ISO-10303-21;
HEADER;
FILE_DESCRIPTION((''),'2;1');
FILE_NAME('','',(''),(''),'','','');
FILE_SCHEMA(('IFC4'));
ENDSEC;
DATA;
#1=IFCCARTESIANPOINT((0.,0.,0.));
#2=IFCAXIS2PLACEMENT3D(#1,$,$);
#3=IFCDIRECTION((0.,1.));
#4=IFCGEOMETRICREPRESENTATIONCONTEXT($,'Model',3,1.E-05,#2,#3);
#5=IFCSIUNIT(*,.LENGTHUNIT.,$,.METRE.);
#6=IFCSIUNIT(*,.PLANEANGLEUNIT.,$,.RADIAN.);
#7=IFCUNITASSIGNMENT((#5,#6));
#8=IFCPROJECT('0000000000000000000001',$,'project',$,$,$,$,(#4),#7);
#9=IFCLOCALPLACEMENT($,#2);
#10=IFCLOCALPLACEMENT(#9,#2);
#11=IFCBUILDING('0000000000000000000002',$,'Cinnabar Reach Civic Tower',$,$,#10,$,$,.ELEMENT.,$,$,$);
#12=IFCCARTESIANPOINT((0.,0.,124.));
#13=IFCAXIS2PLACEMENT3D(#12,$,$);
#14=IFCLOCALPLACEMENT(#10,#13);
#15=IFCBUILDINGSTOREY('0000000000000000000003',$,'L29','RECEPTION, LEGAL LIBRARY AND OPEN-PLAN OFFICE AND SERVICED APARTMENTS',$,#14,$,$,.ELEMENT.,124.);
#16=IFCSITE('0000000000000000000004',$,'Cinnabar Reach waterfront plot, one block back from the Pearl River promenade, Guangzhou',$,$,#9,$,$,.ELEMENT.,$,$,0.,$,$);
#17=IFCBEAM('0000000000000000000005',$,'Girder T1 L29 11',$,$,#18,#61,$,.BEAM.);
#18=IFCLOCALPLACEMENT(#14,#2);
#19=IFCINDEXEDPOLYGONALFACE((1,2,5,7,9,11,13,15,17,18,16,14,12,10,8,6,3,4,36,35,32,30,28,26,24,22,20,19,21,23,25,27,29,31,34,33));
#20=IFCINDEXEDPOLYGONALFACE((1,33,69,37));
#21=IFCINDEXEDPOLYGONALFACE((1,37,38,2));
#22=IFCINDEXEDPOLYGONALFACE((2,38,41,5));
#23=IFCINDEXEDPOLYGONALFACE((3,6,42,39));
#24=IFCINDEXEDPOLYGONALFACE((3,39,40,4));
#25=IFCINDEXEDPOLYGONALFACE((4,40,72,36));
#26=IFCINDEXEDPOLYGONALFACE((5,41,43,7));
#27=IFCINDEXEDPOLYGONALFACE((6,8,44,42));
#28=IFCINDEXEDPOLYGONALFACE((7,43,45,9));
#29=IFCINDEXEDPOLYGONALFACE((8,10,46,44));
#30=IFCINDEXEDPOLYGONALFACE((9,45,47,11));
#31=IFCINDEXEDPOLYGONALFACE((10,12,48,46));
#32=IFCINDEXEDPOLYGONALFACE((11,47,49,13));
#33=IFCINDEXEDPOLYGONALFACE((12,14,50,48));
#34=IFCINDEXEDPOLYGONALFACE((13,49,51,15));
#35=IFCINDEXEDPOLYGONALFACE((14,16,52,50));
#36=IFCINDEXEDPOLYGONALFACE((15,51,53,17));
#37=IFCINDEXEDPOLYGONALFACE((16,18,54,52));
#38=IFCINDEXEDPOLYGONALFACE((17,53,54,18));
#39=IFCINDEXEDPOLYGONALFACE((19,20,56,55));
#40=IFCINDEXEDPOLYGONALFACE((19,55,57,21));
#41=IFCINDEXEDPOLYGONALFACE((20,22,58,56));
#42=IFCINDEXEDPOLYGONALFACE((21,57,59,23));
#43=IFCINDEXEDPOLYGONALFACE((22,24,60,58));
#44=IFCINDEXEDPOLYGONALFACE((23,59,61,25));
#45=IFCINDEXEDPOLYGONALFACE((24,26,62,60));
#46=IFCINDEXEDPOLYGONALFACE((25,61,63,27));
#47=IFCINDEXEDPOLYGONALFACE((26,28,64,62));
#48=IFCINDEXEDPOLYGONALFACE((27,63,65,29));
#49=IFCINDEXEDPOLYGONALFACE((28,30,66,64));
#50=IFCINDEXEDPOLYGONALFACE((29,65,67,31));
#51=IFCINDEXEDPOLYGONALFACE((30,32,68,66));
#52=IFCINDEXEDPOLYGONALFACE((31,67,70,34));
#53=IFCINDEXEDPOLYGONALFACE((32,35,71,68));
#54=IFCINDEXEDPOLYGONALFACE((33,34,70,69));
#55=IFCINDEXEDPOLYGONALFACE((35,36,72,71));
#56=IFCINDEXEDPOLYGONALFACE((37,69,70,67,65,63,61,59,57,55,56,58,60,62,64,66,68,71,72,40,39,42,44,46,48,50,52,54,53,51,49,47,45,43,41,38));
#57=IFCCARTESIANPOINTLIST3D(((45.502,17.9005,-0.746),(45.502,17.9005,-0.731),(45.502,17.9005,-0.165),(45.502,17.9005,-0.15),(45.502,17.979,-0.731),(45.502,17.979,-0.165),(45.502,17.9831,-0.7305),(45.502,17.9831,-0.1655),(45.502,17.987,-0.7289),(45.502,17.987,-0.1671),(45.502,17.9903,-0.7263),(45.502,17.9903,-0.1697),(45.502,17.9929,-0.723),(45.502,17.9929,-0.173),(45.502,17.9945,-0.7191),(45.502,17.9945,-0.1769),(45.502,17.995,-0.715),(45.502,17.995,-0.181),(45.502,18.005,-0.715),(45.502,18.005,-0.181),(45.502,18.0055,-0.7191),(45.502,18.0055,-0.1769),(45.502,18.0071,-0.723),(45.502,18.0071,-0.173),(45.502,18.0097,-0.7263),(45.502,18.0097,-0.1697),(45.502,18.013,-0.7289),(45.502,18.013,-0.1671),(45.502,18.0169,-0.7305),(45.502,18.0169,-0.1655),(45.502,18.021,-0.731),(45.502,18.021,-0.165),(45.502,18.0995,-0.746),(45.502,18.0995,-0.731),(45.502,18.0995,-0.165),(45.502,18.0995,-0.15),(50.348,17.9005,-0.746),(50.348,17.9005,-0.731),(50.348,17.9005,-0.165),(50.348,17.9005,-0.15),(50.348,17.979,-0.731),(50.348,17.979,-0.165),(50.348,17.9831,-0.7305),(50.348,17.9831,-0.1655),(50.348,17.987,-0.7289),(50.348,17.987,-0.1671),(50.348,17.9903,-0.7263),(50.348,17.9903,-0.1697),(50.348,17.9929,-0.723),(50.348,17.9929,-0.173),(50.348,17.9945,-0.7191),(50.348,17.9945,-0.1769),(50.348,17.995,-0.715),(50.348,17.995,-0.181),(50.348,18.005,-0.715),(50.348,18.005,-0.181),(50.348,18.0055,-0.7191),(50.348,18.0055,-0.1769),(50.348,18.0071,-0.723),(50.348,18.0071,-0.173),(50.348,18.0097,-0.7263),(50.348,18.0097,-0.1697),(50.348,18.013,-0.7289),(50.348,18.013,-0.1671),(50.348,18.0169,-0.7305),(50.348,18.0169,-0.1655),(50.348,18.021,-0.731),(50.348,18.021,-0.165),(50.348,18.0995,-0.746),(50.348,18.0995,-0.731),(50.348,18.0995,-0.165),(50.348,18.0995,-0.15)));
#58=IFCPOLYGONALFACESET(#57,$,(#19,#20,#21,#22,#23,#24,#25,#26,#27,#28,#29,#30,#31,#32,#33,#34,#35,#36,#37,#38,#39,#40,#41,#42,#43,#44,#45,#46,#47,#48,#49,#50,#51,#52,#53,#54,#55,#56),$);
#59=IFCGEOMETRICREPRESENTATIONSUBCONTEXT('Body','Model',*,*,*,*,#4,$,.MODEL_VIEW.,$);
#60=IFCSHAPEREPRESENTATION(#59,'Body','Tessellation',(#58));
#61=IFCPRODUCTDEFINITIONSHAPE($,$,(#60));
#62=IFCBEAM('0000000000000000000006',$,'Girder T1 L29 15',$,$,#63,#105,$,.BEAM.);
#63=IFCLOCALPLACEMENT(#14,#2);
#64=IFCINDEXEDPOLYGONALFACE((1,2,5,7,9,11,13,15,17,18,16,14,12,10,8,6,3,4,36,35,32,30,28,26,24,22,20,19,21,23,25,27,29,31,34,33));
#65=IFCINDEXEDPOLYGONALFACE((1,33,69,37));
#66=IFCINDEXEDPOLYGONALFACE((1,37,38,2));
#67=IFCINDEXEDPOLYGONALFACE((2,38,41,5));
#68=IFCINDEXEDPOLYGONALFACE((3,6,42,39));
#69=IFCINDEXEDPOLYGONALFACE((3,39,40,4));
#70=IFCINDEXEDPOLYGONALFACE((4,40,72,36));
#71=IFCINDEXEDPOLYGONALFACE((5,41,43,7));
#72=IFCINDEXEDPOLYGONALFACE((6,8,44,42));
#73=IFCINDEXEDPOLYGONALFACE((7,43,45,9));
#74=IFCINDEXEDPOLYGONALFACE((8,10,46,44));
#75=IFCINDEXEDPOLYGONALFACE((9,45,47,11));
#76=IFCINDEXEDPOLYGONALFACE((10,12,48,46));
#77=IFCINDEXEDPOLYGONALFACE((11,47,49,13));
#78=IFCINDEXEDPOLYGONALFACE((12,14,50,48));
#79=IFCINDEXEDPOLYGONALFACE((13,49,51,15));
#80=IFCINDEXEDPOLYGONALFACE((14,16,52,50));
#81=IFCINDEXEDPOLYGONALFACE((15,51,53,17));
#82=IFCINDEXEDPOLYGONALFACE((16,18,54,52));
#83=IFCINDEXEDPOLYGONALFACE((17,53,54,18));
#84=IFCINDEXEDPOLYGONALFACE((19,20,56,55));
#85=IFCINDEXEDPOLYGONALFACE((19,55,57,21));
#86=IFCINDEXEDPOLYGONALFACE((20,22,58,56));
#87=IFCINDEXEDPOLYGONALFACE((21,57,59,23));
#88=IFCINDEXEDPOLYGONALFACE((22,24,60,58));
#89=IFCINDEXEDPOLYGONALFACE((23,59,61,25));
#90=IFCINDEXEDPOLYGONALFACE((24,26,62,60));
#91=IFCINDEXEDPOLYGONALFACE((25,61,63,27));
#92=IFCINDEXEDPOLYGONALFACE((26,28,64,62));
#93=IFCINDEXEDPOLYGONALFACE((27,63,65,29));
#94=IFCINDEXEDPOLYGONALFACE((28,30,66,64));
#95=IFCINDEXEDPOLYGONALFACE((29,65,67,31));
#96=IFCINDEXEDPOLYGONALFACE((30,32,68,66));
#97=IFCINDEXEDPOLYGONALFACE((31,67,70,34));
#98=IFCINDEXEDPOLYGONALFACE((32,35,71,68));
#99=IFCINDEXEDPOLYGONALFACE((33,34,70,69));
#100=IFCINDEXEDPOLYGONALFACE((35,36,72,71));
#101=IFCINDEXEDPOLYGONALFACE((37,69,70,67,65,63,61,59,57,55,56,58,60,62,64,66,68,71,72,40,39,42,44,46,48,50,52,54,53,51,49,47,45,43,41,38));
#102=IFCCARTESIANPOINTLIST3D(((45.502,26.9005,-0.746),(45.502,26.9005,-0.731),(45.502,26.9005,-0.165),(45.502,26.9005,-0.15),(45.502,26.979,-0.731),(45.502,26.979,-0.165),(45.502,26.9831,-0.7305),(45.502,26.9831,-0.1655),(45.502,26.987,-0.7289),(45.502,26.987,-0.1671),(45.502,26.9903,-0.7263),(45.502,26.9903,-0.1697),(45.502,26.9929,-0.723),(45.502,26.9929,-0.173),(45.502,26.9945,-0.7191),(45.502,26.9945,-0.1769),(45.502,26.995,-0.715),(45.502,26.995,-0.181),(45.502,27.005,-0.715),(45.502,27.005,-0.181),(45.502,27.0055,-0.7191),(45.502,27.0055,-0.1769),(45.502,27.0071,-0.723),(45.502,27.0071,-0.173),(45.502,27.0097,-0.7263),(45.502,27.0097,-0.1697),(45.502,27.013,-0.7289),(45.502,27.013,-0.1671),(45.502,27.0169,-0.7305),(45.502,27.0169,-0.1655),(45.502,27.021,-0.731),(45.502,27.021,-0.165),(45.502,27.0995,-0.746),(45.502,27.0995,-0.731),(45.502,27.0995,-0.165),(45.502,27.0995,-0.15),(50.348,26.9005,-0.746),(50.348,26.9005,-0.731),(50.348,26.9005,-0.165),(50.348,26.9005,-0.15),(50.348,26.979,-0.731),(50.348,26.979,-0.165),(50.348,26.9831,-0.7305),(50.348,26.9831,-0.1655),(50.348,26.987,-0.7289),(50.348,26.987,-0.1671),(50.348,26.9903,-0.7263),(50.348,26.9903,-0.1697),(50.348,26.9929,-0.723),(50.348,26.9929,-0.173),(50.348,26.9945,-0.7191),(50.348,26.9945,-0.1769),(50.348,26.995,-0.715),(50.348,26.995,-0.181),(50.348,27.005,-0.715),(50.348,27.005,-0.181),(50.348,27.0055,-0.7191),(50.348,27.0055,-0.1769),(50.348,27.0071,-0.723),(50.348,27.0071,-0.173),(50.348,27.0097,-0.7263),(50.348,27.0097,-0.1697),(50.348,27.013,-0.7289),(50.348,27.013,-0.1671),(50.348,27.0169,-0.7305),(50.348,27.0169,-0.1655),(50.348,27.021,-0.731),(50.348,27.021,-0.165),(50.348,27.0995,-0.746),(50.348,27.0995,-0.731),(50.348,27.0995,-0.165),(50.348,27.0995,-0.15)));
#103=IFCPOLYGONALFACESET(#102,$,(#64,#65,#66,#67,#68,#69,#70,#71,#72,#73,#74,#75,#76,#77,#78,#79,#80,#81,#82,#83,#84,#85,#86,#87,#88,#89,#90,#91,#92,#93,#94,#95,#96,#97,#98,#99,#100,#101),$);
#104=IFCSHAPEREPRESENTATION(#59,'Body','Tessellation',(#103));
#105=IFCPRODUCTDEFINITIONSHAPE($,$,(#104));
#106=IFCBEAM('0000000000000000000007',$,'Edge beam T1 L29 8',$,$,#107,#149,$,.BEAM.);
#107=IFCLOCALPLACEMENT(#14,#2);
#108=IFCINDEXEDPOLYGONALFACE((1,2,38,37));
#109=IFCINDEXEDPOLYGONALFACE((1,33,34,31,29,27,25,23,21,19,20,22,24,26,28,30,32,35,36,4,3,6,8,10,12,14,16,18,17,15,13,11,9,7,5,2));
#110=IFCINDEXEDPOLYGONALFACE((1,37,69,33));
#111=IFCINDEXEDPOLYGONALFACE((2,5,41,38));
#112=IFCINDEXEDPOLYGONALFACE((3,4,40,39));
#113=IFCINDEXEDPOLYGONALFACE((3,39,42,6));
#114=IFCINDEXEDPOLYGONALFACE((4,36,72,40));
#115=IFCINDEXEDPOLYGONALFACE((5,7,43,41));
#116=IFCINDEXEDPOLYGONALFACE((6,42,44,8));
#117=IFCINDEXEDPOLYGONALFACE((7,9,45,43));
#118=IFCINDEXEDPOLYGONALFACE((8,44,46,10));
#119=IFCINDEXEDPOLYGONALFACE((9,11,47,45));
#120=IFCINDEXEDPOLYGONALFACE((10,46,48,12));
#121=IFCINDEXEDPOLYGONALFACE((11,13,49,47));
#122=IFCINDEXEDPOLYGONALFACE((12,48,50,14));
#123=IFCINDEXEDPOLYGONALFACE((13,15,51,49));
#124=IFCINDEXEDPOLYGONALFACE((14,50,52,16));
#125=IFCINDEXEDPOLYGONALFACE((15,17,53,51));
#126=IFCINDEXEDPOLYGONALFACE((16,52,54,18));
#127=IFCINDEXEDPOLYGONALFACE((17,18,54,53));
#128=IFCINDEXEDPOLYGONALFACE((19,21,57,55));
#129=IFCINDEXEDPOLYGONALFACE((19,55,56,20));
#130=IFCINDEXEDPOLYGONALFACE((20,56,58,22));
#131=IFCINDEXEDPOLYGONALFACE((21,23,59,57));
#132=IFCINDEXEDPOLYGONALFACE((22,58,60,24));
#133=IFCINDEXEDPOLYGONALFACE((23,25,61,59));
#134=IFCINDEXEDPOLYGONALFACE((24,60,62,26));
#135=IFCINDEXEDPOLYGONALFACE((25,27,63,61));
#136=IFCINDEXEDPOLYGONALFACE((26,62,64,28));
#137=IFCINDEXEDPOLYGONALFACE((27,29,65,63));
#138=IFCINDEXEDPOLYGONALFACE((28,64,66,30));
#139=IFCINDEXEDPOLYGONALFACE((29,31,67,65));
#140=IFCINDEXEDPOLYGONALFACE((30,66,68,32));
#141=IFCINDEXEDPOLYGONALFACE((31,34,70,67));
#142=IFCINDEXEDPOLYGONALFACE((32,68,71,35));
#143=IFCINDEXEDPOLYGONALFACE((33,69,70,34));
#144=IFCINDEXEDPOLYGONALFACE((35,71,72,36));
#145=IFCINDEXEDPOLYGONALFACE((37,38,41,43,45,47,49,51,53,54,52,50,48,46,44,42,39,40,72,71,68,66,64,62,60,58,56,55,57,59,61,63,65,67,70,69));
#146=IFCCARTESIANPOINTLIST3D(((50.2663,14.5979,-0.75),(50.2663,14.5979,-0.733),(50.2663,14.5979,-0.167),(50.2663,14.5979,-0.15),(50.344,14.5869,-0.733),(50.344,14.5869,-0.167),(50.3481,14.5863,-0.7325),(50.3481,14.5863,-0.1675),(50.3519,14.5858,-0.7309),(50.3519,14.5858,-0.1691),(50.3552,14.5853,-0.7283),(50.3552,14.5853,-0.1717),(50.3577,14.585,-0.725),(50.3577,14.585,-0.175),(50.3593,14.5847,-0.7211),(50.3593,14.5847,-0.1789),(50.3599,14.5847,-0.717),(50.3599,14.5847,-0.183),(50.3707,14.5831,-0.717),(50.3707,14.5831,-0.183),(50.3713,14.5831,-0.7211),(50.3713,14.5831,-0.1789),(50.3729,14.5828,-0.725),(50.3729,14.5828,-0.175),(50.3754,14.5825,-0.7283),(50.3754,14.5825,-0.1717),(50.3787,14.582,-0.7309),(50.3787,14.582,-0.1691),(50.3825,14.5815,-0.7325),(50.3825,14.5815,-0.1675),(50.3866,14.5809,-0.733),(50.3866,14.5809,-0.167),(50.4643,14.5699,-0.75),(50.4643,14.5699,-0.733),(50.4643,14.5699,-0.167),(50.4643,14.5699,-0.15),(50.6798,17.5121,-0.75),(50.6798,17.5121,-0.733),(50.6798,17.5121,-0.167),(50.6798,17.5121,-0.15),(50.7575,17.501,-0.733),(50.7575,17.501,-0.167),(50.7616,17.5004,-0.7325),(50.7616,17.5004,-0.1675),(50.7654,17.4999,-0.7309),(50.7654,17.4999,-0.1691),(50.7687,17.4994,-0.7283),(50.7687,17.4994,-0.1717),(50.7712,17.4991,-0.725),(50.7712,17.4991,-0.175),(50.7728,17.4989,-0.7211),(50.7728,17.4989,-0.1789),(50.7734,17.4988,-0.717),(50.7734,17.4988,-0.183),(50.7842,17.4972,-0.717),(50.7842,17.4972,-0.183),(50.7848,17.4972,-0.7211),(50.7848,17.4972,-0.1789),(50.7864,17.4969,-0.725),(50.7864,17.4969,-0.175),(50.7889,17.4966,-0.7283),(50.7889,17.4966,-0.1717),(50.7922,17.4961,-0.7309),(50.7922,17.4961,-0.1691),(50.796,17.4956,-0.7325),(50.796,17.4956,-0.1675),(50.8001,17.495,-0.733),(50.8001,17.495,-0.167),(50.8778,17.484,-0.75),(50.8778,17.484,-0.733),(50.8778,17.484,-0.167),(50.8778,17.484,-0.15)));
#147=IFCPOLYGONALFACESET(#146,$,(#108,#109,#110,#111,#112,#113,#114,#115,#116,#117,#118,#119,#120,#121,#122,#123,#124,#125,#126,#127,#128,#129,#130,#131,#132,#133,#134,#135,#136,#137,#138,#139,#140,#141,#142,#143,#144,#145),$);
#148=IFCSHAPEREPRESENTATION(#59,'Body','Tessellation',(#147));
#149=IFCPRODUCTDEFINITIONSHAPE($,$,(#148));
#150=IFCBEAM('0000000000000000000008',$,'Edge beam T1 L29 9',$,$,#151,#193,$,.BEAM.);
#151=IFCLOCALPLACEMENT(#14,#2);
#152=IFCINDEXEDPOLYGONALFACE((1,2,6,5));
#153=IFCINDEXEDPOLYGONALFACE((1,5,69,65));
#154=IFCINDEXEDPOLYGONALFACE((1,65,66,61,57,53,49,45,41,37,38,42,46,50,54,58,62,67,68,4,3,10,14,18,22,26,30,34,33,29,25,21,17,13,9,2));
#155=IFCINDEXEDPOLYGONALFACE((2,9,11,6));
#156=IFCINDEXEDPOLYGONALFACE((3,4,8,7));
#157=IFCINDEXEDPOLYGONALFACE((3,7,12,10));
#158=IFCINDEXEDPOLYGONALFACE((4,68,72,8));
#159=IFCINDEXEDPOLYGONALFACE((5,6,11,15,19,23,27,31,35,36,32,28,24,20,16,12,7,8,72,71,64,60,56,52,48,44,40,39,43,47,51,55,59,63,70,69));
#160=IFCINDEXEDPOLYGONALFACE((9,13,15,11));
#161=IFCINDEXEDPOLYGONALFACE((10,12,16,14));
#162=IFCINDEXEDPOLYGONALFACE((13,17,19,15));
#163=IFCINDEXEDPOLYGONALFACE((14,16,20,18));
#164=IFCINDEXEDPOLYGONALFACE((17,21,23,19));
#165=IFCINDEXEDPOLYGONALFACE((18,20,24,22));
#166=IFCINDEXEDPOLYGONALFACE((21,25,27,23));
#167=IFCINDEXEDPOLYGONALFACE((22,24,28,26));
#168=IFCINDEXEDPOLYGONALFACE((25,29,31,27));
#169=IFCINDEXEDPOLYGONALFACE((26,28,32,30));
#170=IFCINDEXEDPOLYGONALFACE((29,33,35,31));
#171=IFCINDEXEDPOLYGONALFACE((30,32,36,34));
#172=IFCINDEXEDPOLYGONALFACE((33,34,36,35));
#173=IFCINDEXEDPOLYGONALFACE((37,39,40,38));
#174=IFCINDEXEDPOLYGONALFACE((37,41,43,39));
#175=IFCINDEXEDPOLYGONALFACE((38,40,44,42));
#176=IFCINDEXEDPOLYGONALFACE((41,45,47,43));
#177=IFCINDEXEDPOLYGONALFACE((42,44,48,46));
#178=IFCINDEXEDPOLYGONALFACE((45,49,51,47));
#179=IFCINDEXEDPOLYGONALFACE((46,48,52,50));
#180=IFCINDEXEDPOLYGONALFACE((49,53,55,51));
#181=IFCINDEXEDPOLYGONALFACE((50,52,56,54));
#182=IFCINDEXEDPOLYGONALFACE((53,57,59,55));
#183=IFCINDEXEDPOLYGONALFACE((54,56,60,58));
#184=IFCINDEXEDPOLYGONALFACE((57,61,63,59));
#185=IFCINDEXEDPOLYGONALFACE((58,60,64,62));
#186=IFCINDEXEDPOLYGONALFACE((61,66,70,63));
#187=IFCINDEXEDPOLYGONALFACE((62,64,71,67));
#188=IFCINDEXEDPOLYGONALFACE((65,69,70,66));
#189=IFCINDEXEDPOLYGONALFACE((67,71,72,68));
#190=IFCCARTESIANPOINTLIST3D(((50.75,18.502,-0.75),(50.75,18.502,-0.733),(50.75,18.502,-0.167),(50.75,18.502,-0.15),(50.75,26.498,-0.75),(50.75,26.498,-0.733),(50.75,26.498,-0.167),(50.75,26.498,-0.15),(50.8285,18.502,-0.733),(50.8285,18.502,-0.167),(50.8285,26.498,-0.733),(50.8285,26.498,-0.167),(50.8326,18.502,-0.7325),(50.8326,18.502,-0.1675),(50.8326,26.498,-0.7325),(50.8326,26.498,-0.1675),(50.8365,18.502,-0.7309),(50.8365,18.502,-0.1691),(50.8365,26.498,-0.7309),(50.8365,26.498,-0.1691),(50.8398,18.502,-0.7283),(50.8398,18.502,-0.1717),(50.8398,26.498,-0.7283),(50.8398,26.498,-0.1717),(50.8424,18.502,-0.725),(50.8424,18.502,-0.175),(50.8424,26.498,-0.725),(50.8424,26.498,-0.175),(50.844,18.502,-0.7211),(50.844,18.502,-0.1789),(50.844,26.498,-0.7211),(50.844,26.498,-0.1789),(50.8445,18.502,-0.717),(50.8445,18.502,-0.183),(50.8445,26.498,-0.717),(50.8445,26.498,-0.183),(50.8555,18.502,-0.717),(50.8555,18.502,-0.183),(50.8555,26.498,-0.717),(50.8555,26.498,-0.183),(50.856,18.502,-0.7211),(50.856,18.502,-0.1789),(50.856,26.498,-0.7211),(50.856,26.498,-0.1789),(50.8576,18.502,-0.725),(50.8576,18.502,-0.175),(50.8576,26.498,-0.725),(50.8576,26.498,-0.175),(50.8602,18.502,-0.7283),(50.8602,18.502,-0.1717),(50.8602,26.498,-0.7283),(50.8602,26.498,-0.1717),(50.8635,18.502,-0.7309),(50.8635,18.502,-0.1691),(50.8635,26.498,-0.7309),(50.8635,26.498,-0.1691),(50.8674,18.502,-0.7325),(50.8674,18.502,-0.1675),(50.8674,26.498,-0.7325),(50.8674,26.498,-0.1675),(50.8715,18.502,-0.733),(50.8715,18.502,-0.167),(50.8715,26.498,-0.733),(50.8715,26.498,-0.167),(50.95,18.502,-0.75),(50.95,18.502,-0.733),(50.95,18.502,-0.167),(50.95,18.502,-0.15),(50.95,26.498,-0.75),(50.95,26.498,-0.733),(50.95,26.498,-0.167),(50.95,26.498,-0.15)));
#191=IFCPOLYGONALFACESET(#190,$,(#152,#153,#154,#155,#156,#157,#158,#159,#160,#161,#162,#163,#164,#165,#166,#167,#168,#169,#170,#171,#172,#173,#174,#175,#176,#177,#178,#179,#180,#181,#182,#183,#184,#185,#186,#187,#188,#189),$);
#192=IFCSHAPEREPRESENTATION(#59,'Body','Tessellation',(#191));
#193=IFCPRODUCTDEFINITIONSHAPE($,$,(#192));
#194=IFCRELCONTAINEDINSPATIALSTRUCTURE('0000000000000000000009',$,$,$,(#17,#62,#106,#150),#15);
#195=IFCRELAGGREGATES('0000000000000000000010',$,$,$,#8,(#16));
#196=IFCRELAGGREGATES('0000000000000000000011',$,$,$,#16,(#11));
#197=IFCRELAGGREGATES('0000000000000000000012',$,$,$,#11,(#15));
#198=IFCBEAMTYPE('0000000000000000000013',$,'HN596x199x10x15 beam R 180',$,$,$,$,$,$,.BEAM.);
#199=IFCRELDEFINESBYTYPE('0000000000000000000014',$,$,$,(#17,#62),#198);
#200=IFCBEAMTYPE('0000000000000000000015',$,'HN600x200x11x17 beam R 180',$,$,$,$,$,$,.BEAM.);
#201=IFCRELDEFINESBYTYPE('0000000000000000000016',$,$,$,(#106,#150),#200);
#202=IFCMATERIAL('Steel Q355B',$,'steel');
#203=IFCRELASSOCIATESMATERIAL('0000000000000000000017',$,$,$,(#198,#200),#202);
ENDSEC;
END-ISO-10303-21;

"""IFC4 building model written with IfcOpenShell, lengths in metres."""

from ifc_helpers import new_model, si_unit, direction, frame, origin, origin_2d, place, context, subcontext, project, spatial, i_section, extrude, material, material_profile, profile_set, type_object, element, save


model = new_model("IFC4")

# Units and contexts
model_context = context("Model", 3, precision=1e-05, world=origin(), true_north=direction((0.0, 1.0)))
body_context = subcontext(model_context, "Body", "Model", "MODEL_VIEW")
ifc_project = project(units=[si_unit("LENGTHUNIT", "METRE"), si_unit("PLANEANGLEUNIT", "RADIAN")], contexts=[model_context])

# Site, building, storey
site_placement = place(None, origin())
site = spatial("IfcSite", under=ifc_project, at=site_placement, Name="Cinnabar Reach waterfront plot, one block back from the Pearl River promenade, Guangzhou", CompositionType="ELEMENT", RefElevation=0.0)
building_placement = place(site_placement, origin())
building = spatial("IfcBuilding", under=site, at=building_placement, Name="Cinnabar Reach Civic Tower", CompositionType="ELEMENT")
storey_placement = place(building_placement, frame((0.0, 0.0, 124.0)))
storey = spatial("IfcBuildingStorey", under=building, at=storey_placement, Name="L29", Description="RECEPTION, LEGAL LIBRARY AND OPEN-PLAN OFFICE AND SERVICED APARTMENTS", CompositionType="ELEMENT", Elevation=124.0)

# Beams
ifc_material_1 = material(Name="Steel Q355B", Category="steel")
ifc_material_profile_1 = material_profile(ifc_material_1, i_section(OverallWidth=0.199, OverallDepth=0.596, WebThickness=0.01, FlangeThickness=0.015, FilletRadius=0.016, at=origin_2d()), Name="HN596x199x10x15")
ifc_profile_set_1 = profile_set([ifc_material_profile_1], Name="Steel Q355B")
beam_type_1 = type_object("IfcBeamType", Name="HN596x199x10x15 beam R 180", PredefinedType="BEAM", material=ifc_profile_set_1)
for number, where, z_axis, x_axis, name in (
    (1, (45.502, 18.0, -0.448), (1.0, 0.0, 0.0), (0.0, 1.0, 0.0), "Girder T1 L29 11"),
    (2, (45.502, 27.0, -0.448), (1.0, 0.0, 0.0), (0.0, 1.0, 0.0), "Girder T1 L29 15"),
):
    element("IfcBeam", number, at=place(storey_placement, frame(where, z_axis=z_axis, x_axis=x_axis)), inside=storey, type_object=beam_type_1, Name=name, PredefinedType="BEAM", context=body_context, shape_type="SweptSolid", body=[
        extrude(i_section(OverallWidth=0.199, OverallDepth=0.596, WebThickness=0.01, FlangeThickness=0.015, FilletRadius=0.016, at=origin_2d()), origin(), (0.0, 0.0, 1.0), 4.846),
    ])
ifc_material_profile_2 = material_profile(ifc_material_1, i_section(OverallWidth=0.2, OverallDepth=0.6, WebThickness=0.011, FlangeThickness=0.017, FilletRadius=0.016, at=origin_2d()), Name="HN600x200x11x17")
ifc_profile_set_2 = profile_set([ifc_material_profile_2], Name="Steel Q355B")
beam_type_2 = type_object("IfcBeamType", Name="HN600x200x11x17 beam R 180", PredefinedType="BEAM", material=ifc_profile_set_2)
beam_1_placement = place(storey_placement, frame((50.3653, 14.5839, -0.45), z_axis=(0.140489, 0.990082, 0.0), x_axis=(-0.990082, 0.140489, 0.0)))
element("IfcBeam", 3, at=beam_1_placement, inside=storey, type_object=beam_type_2, Name="Edge beam T1 L29 8", PredefinedType="BEAM", context=body_context, shape_type="SweptSolid", body=[
    extrude(i_section(OverallWidth=0.2, OverallDepth=0.6, WebThickness=0.011, FlangeThickness=0.017, FilletRadius=0.016, at=origin_2d()), origin(), (0.0, 0.0, 1.0), 2.9433),
])
beam_2_placement = place(storey_placement, frame((50.85, 18.502, -0.45), z_axis=(0.0, 1.0, 0.0), x_axis=(-1.0, 0.0, 0.0)))
element("IfcBeam", 4, at=beam_2_placement, inside=storey, type_object=beam_type_2, Name="Edge beam T1 L29 9", PredefinedType="BEAM", context=body_context, shape_type="SweptSolid", body=[
    extrude(i_section(OverallWidth=0.2, OverallDepth=0.6, WebThickness=0.011, FlangeThickness=0.017, FilletRadius=0.016, at=origin_2d()), origin(), (0.0, 0.0, 1.0), 7.996),
])

save(model, "model.ifc")
